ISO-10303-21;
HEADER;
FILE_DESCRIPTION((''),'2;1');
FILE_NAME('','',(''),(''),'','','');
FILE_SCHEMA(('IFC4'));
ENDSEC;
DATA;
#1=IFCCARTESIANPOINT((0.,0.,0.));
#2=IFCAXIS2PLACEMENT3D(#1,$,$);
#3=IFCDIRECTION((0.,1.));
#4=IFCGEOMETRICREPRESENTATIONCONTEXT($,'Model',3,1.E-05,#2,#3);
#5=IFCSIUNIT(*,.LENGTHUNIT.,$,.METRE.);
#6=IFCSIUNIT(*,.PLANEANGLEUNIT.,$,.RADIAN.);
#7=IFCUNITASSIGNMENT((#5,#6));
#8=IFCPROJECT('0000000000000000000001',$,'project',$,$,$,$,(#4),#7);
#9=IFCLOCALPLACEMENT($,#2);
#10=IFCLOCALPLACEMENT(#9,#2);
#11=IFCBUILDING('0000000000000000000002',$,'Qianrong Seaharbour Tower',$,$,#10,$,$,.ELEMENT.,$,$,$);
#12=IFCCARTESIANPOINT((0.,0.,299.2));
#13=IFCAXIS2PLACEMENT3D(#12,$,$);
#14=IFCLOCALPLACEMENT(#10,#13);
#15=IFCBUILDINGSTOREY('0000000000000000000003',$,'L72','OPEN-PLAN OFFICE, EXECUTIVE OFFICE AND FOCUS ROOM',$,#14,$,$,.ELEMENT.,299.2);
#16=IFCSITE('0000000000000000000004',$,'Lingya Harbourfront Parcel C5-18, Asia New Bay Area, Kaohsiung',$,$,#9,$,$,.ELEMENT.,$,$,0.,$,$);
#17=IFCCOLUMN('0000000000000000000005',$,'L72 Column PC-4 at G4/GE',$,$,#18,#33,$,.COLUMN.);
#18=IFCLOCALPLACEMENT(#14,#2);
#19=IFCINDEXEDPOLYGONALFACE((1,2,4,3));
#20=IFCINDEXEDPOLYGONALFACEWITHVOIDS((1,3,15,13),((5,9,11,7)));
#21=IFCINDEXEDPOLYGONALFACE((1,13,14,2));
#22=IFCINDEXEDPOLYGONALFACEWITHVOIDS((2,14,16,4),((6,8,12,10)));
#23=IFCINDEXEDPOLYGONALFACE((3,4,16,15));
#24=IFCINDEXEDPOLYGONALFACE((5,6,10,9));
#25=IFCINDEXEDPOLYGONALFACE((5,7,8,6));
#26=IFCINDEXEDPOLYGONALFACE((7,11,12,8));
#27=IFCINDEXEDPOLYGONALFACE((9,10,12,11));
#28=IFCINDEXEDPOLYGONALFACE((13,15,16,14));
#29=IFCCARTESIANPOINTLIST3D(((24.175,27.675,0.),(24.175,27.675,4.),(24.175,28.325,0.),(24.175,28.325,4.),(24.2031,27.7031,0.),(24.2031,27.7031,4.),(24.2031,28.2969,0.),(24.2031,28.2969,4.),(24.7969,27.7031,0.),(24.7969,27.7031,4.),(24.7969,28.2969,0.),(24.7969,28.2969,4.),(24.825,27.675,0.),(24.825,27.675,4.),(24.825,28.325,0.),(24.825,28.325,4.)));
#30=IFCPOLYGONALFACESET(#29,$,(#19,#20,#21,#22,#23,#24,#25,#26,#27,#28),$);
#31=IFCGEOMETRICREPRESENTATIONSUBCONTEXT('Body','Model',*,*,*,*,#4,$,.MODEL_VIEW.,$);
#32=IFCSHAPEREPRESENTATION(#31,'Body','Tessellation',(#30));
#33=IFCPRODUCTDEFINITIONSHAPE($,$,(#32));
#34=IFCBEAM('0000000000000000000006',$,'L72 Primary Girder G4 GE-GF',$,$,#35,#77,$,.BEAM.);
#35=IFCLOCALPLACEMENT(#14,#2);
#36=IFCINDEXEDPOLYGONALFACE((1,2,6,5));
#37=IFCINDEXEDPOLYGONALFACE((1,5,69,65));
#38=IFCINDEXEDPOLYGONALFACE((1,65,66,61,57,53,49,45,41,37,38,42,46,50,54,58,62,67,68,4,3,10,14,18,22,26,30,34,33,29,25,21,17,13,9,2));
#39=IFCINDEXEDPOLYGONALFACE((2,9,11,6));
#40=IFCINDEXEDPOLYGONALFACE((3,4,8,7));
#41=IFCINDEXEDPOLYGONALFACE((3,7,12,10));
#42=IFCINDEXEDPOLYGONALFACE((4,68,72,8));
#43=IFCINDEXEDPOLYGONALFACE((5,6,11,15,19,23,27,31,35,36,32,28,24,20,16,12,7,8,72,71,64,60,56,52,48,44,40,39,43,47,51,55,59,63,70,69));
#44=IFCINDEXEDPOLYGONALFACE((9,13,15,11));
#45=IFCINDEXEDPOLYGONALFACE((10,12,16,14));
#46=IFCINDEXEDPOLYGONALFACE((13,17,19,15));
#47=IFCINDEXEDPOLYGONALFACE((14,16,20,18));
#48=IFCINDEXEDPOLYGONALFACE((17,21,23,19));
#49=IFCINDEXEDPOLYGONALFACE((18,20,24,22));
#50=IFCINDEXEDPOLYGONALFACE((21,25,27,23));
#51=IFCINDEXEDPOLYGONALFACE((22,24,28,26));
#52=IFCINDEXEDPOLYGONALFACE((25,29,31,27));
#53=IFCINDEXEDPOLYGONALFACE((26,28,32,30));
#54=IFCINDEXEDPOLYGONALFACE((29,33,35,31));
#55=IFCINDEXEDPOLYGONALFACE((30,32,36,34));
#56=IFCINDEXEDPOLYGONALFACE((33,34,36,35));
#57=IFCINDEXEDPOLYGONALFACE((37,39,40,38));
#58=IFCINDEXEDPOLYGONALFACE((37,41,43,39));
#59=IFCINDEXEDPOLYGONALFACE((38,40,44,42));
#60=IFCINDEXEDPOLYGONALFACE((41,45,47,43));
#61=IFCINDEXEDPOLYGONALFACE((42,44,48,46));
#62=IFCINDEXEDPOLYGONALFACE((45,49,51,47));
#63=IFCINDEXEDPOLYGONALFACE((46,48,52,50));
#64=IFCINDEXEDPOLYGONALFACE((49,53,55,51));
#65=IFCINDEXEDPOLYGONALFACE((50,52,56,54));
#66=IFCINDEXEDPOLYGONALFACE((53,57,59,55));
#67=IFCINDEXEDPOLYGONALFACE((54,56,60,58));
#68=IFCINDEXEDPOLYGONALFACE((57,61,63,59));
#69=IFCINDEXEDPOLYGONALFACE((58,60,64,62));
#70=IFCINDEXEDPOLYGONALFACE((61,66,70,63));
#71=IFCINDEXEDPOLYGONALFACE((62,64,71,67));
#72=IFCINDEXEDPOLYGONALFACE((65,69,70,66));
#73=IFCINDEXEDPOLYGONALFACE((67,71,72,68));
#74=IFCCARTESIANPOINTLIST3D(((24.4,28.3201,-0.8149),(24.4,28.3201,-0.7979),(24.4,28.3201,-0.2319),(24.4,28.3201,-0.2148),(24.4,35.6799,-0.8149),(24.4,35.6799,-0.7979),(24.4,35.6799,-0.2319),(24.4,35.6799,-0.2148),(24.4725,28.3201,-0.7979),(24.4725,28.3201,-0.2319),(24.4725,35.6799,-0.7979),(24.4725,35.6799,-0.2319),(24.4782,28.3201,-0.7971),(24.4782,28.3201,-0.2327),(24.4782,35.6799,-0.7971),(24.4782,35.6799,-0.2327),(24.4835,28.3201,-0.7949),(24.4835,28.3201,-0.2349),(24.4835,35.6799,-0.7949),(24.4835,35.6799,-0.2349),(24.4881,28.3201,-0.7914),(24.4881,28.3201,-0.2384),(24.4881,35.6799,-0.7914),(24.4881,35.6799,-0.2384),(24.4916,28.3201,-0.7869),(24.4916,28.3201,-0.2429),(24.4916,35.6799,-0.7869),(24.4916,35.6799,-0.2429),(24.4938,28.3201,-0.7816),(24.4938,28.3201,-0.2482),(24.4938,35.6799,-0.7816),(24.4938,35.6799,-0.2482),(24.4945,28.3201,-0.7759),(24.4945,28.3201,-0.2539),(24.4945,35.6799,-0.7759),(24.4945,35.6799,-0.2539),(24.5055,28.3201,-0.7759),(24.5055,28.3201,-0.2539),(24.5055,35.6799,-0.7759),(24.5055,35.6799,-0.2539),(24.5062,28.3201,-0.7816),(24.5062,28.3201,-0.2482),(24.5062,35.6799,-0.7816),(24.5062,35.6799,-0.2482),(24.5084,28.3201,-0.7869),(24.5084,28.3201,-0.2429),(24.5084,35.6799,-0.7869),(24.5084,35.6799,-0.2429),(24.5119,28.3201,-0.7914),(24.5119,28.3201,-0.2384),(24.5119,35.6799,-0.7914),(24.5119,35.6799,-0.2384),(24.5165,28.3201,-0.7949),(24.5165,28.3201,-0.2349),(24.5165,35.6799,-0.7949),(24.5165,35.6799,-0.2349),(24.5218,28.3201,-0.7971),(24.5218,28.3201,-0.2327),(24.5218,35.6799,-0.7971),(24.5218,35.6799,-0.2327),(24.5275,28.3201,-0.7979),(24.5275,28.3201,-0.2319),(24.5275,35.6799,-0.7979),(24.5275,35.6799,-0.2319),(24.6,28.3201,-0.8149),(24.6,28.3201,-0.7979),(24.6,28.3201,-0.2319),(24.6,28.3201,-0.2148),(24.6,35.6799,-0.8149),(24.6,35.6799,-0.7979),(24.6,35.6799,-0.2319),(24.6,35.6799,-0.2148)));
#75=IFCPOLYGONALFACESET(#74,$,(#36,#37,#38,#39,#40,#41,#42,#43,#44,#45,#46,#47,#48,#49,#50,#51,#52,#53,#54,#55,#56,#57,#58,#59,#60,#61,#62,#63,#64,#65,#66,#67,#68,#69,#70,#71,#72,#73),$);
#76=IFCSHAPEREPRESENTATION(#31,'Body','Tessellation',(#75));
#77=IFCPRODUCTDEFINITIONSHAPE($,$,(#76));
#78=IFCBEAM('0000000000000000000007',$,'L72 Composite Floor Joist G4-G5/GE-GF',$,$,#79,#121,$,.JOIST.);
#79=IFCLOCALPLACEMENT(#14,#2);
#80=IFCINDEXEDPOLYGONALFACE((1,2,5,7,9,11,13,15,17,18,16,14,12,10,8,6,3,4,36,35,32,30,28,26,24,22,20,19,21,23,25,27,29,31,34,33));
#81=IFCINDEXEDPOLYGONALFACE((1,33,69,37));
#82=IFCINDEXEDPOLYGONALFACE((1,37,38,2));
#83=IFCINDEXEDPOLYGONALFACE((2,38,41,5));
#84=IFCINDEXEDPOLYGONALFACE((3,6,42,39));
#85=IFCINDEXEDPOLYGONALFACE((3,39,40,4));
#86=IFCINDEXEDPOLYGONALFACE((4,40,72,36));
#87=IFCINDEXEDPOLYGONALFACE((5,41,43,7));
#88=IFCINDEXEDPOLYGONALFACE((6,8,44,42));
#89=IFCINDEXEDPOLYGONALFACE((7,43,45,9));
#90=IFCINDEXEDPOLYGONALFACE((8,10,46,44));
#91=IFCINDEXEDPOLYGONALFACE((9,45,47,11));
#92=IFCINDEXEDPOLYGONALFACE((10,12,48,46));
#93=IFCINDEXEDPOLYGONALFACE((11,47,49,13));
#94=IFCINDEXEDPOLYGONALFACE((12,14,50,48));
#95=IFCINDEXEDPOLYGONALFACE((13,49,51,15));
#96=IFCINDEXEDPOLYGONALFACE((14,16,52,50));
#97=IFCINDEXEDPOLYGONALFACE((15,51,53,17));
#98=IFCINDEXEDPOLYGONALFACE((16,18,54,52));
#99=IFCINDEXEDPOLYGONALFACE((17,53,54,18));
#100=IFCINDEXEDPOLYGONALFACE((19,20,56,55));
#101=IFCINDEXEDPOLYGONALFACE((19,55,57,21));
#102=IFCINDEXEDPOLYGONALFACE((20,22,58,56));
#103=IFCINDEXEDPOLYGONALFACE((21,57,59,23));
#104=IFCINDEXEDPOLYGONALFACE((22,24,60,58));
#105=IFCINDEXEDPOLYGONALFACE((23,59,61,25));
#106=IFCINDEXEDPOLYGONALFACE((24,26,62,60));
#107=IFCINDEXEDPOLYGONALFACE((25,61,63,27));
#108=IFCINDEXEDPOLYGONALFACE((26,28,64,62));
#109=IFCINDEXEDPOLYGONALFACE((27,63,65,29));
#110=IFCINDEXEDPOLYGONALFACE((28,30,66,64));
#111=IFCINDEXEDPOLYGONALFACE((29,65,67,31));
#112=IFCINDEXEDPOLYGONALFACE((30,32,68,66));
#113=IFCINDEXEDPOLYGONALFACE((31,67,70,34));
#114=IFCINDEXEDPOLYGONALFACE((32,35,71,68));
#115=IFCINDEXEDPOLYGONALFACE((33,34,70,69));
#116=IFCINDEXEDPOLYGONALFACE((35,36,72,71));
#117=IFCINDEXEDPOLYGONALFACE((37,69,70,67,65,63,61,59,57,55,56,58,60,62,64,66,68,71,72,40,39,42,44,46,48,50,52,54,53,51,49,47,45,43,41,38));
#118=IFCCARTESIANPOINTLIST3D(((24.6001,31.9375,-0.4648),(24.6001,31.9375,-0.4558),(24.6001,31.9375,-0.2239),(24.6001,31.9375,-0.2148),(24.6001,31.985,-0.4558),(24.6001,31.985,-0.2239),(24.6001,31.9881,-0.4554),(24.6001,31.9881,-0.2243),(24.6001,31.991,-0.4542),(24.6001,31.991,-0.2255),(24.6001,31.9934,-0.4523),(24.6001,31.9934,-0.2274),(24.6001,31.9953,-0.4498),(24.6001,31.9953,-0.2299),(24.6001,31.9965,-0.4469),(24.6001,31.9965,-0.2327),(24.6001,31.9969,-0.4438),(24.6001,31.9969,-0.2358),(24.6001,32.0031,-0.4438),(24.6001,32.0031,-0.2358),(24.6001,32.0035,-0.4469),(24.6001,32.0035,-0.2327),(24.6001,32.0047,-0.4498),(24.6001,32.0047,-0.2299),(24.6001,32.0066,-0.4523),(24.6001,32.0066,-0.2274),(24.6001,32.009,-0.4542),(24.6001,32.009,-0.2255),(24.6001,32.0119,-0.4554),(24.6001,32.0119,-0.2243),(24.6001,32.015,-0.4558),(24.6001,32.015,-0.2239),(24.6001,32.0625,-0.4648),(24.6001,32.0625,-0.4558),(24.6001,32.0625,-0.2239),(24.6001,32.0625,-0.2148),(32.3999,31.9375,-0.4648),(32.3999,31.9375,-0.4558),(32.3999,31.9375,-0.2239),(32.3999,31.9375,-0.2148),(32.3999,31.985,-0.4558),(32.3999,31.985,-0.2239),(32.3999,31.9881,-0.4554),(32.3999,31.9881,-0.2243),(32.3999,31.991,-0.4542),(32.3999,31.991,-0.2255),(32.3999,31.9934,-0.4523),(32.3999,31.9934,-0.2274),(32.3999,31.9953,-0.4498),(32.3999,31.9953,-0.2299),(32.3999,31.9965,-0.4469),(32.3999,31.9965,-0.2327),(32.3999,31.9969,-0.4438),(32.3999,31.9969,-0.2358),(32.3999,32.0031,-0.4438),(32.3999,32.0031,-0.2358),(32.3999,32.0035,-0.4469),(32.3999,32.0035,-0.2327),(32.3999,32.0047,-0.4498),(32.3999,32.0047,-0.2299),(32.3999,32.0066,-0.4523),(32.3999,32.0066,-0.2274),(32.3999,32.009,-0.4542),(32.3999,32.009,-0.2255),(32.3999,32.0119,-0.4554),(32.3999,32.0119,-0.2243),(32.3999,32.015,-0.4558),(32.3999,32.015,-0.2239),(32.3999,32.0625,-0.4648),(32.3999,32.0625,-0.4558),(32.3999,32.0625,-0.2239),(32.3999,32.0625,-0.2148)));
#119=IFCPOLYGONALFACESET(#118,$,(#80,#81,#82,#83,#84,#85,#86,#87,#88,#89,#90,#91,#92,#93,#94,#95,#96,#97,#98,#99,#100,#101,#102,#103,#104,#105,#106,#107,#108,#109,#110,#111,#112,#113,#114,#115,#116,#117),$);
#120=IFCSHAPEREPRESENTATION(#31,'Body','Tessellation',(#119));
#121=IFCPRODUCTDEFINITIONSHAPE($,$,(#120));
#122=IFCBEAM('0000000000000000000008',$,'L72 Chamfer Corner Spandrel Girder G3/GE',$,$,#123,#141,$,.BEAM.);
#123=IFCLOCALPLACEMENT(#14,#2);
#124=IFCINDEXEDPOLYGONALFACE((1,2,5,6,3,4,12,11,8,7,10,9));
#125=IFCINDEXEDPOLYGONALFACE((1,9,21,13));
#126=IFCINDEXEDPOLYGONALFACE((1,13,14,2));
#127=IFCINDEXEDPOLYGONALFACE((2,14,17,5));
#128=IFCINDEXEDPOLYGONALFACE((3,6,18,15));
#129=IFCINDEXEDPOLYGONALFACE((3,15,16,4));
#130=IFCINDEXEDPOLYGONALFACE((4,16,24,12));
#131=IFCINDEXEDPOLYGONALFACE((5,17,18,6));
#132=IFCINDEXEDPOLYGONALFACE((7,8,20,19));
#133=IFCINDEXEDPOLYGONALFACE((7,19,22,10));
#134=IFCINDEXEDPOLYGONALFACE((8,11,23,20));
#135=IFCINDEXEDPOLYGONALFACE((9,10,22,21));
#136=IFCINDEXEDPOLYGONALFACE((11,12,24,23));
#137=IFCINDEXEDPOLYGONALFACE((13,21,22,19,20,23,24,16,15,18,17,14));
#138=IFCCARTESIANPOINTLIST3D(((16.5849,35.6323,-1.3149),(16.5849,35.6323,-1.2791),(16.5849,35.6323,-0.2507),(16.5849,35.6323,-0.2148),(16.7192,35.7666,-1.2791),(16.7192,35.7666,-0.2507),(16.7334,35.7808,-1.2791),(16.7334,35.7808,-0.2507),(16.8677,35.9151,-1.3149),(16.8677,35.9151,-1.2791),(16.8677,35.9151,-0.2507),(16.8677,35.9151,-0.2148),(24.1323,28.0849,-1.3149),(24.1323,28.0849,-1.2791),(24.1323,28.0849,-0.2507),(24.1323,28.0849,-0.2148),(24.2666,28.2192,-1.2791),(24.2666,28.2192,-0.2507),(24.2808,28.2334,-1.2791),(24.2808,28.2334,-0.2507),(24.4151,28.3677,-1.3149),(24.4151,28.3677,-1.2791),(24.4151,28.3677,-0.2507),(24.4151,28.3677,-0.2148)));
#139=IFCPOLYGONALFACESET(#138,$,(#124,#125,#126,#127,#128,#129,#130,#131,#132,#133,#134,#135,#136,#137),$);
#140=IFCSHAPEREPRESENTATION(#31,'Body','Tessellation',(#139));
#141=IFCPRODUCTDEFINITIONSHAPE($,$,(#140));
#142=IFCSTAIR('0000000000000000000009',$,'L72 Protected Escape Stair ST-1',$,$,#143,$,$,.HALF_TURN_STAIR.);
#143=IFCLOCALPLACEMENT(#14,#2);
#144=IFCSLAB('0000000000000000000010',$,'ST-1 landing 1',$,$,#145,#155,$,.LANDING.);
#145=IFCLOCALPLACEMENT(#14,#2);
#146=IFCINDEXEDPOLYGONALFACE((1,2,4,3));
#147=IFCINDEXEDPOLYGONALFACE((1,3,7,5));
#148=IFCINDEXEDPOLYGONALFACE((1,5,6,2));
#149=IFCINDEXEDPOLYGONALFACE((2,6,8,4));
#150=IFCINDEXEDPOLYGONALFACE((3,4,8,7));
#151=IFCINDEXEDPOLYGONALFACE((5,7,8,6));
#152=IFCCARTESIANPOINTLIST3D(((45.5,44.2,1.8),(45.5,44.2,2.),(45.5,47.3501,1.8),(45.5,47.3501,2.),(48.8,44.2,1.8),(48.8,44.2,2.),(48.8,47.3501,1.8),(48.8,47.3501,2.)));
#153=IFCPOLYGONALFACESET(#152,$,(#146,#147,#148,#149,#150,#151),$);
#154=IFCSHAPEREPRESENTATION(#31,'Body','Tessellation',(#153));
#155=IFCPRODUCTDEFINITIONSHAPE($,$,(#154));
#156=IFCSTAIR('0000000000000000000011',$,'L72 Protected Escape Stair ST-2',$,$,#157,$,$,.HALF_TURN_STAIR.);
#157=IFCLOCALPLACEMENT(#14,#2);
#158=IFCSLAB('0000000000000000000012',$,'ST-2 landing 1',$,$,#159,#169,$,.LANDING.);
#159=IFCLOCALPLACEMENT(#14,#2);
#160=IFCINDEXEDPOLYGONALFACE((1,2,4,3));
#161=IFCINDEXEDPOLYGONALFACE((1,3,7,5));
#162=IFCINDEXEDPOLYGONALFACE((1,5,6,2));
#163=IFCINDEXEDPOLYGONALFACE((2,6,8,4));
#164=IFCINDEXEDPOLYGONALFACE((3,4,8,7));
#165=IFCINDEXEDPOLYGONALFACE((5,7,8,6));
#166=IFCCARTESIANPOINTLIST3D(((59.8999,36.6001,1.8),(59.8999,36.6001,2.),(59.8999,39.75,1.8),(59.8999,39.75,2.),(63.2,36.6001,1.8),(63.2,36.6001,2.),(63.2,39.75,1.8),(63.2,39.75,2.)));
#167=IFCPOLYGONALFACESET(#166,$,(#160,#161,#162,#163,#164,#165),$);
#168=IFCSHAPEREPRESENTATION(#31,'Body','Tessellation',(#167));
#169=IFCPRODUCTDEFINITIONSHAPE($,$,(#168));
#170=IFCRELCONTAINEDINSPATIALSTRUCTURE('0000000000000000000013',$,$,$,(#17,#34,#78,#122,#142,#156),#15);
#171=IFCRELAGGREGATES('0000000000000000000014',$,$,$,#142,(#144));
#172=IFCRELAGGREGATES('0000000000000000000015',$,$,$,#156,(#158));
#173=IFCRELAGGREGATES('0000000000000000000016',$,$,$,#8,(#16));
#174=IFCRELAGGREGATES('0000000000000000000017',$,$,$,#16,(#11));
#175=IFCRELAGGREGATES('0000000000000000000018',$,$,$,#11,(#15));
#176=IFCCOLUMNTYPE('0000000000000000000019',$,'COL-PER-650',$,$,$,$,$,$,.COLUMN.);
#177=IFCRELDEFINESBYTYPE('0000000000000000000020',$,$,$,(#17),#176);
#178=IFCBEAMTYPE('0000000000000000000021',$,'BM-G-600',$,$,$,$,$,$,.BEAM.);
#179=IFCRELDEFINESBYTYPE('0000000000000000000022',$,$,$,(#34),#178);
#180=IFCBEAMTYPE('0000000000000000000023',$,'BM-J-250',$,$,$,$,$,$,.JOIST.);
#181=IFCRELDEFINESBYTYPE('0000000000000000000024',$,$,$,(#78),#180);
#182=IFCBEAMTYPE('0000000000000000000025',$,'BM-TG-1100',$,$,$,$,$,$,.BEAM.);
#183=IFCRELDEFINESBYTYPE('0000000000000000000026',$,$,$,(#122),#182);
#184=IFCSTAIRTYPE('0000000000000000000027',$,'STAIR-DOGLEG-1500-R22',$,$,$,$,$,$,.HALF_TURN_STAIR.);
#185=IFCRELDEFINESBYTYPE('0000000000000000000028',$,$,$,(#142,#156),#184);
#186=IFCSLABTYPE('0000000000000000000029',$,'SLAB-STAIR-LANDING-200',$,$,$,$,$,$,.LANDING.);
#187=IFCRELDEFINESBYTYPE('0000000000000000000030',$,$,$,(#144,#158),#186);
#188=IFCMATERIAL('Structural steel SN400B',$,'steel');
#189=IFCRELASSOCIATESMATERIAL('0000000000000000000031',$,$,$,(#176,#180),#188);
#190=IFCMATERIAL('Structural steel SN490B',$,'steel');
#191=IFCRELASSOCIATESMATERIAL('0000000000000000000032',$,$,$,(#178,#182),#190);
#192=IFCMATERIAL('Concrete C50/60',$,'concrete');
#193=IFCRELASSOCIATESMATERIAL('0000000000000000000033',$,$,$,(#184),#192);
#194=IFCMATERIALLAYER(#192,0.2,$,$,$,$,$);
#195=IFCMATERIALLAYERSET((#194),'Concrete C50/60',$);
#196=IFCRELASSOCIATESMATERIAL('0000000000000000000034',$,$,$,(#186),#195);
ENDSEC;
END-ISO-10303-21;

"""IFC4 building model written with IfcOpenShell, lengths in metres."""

from ifc_helpers import new_model, si_unit, direction, frame, origin, origin_2d, place, context, subcontext, project, spatial, polyline, hollow_rectangle, i_section, outline, extrude, material, layer, layer_set, material_profile, profile_set, type_object, element, aggregate, save


model = new_model("IFC4")

# Units and contexts
model_context = context("Model", 3, precision=1e-05, world=origin(), true_north=direction((0.0, 1.0)))
body_context = subcontext(model_context, "Body", "Model", "MODEL_VIEW")
ifc_project = project(units=[si_unit("LENGTHUNIT", "METRE"), si_unit("PLANEANGLEUNIT", "RADIAN")], contexts=[model_context])

# Site, building, storey
site_placement = place(None, origin())
site = spatial("IfcSite", under=ifc_project, at=site_placement, Name="Lingya Harbourfront Parcel C5-18, Asia New Bay Area, Kaohsiung", CompositionType="ELEMENT", RefElevation=0.0)
building_placement = place(site_placement, origin())
building = spatial("IfcBuilding", under=site, at=building_placement, Name="Qianrong Seaharbour Tower", CompositionType="ELEMENT")
storey_placement = place(building_placement, frame((0.0, 0.0, 299.2)))
storey = spatial("IfcBuildingStorey", under=building, at=storey_placement, Name="L72", Description="OPEN-PLAN OFFICE, EXECUTIVE OFFICE AND FOCUS ROOM", CompositionType="ELEMENT", Elevation=299.2)

# Column
ifc_material_1 = material(Name="Structural steel SN400B", Category="steel")
ifc_material_profile_1 = material_profile(ifc_material_1, hollow_rectangle(XDim=0.6499, YDim=0.6499, WallThickness=0.0281, at=origin_2d()), Name="BOX650x650x28")
ifc_profile_set_1 = profile_set([ifc_material_profile_1], Name="Structural steel SN400B")
column_type = type_object("IfcColumnType", Name="COL-PER-650", PredefinedType="COLUMN", material=ifc_profile_set_1)
column_placement = place(storey_placement, frame((24.5, 28.0, 0.0), z_axis=(0.0, 0.0, 1.0), x_axis=(1.0, 0.0, 0.0)))
element("IfcColumn", 1, at=column_placement, inside=storey, type_object=column_type, Name="L72 Column PC-4 at G4/GE", PredefinedType="COLUMN", context=body_context, shape_type="SweptSolid", body=[
    extrude(hollow_rectangle(XDim=0.6499, YDim=0.6499, WallThickness=0.0281, at=origin_2d()), origin(), (0.0, 0.0, 1.0), 4.0),
])

# Beams
ifc_material_2 = material(Name="Structural steel SN490B", Category="steel")
ifc_material_profile_2 = material_profile(ifc_material_2, i_section(OverallWidth=0.2, OverallDepth=0.6001, WebThickness=0.011, FlangeThickness=0.0171, FilletRadius=0.022, at=origin_2d()), Name="H600x200x11x17")
ifc_profile_set_2 = profile_set([ifc_material_profile_2], Name="Structural steel SN490B")
beam_type_1 = type_object("IfcBeamType", Name="BM-G-600", PredefinedType="BEAM", material=ifc_profile_set_2)
beam_1_placement = place(storey_placement, frame((24.5, 28.3201, -0.5149), z_axis=(0.0, 1.0, 0.0), x_axis=(-1.0, 0.0, 0.0)))
element("IfcBeam", 2, at=beam_1_placement, inside=storey, type_object=beam_type_1, Name="L72 Primary Girder G4 GE-GF", PredefinedType="BEAM", context=body_context, shape_type="SweptSolid", body=[
    extrude(i_section(OverallWidth=0.2, OverallDepth=0.6001, WebThickness=0.011, FlangeThickness=0.0171, FilletRadius=0.022, at=origin_2d()), origin(), (0.0, 0.0, 1.0), 7.3599),
])
ifc_material_profile_3 = material_profile(ifc_material_1, i_section(OverallWidth=0.125, OverallDepth=0.25, WebThickness=0.0061, FlangeThickness=0.009, FilletRadius=0.012, at=origin_2d()), Name="H250x125x6x9")
ifc_profile_set_3 = profile_set([ifc_material_profile_3], Name="Structural steel SN400B")
beam_type_2 = type_object("IfcBeamType", Name="BM-J-250", PredefinedType="JOIST", material=ifc_profile_set_3)
beam_2_placement = place(storey_placement, frame((24.6001, 32.0, -0.3398), z_axis=(1.0, 0.0, 0.0), x_axis=(0.0, 1.0, 0.0)))
element("IfcBeam", 3, at=beam_2_placement, inside=storey, type_object=beam_type_2, Name="L72 Composite Floor Joist G4-G5/GE-GF", PredefinedType="JOIST", context=body_context, shape_type="SweptSolid", body=[
    extrude(i_section(OverallWidth=0.125, OverallDepth=0.25, WebThickness=0.0061, FlangeThickness=0.009, FilletRadius=0.012, at=origin_2d()), origin(), (0.0, 0.0, 1.0), 7.7998),
])
ifc_material_profile_4 = material_profile(ifc_material_2, i_section(OverallWidth=0.3999, OverallDepth=1.1001, WebThickness=0.02, FlangeThickness=0.0359, at=origin_2d()), Name="BH1100x400x20x36")
ifc_profile_set_4 = profile_set([ifc_material_profile_4], Name="Structural steel SN490B")
beam_type_3 = type_object("IfcBeamType", Name="BM-TG-1100", PredefinedType="BEAM", material=ifc_profile_set_4)
beam_3_placement = place(storey_placement, frame((24.2737, 28.2263, -0.7649), z_axis=(-0.707107, 0.707107, 0.0), x_axis=(-0.707107, -0.707107, 0.0)))
element("IfcBeam", 4, at=beam_3_placement, inside=storey, type_object=beam_type_3, Name="L72 Chamfer Corner Spandrel Girder G3/GE", PredefinedType="BEAM", context=body_context, shape_type="SweptSolid", body=[
    extrude(i_section(OverallWidth=0.3999, OverallDepth=1.1001, WebThickness=0.02, FlangeThickness=0.0359, at=origin_2d()), origin(), (0.0, 0.0, 1.0), 10.6736),
])

# Stairs, slabs
ifc_material_3 = material(Name="Concrete C50/60", Category="concrete")
stair_type = type_object("IfcStairType", Name="STAIR-DOGLEG-1500-R22", PredefinedType="HALF_TURN_STAIR", material=ifc_material_3)
stair_1_placement = place(storey_placement, origin())
stair_1 = element("IfcStair", 5, at=stair_1_placement, inside=storey, type_object=stair_type, Name="L72 Protected Escape Stair ST-1", PredefinedType="HALF_TURN_STAIR")
ifc_layer_1 = layer(ifc_material_3, 0.2)
ifc_layer_set_1 = layer_set([ifc_layer_1], Name="Concrete C50/60")
slab_type_1 = type_object("IfcSlabType", Name="SLAB-STAIR-LANDING-200", PredefinedType="LANDING", material=ifc_layer_set_1)
slab_1_placement = place(storey_placement, frame((0.0, 0.0, 1.8)))
slab_1 = element("IfcSlab", 6, at=slab_1_placement, type_object=slab_type_1, Name="ST-1 landing 1", PredefinedType="LANDING", context=body_context, shape_type="SweptSolid", body=[
    extrude(outline(polyline([(45.5, 44.2), (48.8, 44.2), (48.8, 47.3501), (45.5, 47.3501), (45.5, 44.2)])), origin(), (0.0, 0.0, 1.0), 0.2),
])
aggregate(stair_1, [slab_1])
stair_2_placement = place(storey_placement, origin())
stair_2 = element("IfcStair", 7, at=stair_2_placement, inside=storey, type_object=stair_type, Name="L72 Protected Escape Stair ST-2", PredefinedType="HALF_TURN_STAIR")
slab_2_placement = place(storey_placement, frame((0.0, 0.0, 1.8)))
slab_2 = element("IfcSlab", 8, at=slab_2_placement, type_object=slab_type_1, Name="ST-2 landing 1", PredefinedType="LANDING", context=body_context, shape_type="SweptSolid", body=[
    extrude(outline(polyline([(59.8999, 36.6001), (63.2, 36.6001), (63.2, 39.75), (59.8999, 39.75), (59.8999, 36.6001)])), origin(), (0.0, 0.0, 1.0), 0.2),
])
aggregate(stair_2, [slab_2])

save(model, "model.ifc")
